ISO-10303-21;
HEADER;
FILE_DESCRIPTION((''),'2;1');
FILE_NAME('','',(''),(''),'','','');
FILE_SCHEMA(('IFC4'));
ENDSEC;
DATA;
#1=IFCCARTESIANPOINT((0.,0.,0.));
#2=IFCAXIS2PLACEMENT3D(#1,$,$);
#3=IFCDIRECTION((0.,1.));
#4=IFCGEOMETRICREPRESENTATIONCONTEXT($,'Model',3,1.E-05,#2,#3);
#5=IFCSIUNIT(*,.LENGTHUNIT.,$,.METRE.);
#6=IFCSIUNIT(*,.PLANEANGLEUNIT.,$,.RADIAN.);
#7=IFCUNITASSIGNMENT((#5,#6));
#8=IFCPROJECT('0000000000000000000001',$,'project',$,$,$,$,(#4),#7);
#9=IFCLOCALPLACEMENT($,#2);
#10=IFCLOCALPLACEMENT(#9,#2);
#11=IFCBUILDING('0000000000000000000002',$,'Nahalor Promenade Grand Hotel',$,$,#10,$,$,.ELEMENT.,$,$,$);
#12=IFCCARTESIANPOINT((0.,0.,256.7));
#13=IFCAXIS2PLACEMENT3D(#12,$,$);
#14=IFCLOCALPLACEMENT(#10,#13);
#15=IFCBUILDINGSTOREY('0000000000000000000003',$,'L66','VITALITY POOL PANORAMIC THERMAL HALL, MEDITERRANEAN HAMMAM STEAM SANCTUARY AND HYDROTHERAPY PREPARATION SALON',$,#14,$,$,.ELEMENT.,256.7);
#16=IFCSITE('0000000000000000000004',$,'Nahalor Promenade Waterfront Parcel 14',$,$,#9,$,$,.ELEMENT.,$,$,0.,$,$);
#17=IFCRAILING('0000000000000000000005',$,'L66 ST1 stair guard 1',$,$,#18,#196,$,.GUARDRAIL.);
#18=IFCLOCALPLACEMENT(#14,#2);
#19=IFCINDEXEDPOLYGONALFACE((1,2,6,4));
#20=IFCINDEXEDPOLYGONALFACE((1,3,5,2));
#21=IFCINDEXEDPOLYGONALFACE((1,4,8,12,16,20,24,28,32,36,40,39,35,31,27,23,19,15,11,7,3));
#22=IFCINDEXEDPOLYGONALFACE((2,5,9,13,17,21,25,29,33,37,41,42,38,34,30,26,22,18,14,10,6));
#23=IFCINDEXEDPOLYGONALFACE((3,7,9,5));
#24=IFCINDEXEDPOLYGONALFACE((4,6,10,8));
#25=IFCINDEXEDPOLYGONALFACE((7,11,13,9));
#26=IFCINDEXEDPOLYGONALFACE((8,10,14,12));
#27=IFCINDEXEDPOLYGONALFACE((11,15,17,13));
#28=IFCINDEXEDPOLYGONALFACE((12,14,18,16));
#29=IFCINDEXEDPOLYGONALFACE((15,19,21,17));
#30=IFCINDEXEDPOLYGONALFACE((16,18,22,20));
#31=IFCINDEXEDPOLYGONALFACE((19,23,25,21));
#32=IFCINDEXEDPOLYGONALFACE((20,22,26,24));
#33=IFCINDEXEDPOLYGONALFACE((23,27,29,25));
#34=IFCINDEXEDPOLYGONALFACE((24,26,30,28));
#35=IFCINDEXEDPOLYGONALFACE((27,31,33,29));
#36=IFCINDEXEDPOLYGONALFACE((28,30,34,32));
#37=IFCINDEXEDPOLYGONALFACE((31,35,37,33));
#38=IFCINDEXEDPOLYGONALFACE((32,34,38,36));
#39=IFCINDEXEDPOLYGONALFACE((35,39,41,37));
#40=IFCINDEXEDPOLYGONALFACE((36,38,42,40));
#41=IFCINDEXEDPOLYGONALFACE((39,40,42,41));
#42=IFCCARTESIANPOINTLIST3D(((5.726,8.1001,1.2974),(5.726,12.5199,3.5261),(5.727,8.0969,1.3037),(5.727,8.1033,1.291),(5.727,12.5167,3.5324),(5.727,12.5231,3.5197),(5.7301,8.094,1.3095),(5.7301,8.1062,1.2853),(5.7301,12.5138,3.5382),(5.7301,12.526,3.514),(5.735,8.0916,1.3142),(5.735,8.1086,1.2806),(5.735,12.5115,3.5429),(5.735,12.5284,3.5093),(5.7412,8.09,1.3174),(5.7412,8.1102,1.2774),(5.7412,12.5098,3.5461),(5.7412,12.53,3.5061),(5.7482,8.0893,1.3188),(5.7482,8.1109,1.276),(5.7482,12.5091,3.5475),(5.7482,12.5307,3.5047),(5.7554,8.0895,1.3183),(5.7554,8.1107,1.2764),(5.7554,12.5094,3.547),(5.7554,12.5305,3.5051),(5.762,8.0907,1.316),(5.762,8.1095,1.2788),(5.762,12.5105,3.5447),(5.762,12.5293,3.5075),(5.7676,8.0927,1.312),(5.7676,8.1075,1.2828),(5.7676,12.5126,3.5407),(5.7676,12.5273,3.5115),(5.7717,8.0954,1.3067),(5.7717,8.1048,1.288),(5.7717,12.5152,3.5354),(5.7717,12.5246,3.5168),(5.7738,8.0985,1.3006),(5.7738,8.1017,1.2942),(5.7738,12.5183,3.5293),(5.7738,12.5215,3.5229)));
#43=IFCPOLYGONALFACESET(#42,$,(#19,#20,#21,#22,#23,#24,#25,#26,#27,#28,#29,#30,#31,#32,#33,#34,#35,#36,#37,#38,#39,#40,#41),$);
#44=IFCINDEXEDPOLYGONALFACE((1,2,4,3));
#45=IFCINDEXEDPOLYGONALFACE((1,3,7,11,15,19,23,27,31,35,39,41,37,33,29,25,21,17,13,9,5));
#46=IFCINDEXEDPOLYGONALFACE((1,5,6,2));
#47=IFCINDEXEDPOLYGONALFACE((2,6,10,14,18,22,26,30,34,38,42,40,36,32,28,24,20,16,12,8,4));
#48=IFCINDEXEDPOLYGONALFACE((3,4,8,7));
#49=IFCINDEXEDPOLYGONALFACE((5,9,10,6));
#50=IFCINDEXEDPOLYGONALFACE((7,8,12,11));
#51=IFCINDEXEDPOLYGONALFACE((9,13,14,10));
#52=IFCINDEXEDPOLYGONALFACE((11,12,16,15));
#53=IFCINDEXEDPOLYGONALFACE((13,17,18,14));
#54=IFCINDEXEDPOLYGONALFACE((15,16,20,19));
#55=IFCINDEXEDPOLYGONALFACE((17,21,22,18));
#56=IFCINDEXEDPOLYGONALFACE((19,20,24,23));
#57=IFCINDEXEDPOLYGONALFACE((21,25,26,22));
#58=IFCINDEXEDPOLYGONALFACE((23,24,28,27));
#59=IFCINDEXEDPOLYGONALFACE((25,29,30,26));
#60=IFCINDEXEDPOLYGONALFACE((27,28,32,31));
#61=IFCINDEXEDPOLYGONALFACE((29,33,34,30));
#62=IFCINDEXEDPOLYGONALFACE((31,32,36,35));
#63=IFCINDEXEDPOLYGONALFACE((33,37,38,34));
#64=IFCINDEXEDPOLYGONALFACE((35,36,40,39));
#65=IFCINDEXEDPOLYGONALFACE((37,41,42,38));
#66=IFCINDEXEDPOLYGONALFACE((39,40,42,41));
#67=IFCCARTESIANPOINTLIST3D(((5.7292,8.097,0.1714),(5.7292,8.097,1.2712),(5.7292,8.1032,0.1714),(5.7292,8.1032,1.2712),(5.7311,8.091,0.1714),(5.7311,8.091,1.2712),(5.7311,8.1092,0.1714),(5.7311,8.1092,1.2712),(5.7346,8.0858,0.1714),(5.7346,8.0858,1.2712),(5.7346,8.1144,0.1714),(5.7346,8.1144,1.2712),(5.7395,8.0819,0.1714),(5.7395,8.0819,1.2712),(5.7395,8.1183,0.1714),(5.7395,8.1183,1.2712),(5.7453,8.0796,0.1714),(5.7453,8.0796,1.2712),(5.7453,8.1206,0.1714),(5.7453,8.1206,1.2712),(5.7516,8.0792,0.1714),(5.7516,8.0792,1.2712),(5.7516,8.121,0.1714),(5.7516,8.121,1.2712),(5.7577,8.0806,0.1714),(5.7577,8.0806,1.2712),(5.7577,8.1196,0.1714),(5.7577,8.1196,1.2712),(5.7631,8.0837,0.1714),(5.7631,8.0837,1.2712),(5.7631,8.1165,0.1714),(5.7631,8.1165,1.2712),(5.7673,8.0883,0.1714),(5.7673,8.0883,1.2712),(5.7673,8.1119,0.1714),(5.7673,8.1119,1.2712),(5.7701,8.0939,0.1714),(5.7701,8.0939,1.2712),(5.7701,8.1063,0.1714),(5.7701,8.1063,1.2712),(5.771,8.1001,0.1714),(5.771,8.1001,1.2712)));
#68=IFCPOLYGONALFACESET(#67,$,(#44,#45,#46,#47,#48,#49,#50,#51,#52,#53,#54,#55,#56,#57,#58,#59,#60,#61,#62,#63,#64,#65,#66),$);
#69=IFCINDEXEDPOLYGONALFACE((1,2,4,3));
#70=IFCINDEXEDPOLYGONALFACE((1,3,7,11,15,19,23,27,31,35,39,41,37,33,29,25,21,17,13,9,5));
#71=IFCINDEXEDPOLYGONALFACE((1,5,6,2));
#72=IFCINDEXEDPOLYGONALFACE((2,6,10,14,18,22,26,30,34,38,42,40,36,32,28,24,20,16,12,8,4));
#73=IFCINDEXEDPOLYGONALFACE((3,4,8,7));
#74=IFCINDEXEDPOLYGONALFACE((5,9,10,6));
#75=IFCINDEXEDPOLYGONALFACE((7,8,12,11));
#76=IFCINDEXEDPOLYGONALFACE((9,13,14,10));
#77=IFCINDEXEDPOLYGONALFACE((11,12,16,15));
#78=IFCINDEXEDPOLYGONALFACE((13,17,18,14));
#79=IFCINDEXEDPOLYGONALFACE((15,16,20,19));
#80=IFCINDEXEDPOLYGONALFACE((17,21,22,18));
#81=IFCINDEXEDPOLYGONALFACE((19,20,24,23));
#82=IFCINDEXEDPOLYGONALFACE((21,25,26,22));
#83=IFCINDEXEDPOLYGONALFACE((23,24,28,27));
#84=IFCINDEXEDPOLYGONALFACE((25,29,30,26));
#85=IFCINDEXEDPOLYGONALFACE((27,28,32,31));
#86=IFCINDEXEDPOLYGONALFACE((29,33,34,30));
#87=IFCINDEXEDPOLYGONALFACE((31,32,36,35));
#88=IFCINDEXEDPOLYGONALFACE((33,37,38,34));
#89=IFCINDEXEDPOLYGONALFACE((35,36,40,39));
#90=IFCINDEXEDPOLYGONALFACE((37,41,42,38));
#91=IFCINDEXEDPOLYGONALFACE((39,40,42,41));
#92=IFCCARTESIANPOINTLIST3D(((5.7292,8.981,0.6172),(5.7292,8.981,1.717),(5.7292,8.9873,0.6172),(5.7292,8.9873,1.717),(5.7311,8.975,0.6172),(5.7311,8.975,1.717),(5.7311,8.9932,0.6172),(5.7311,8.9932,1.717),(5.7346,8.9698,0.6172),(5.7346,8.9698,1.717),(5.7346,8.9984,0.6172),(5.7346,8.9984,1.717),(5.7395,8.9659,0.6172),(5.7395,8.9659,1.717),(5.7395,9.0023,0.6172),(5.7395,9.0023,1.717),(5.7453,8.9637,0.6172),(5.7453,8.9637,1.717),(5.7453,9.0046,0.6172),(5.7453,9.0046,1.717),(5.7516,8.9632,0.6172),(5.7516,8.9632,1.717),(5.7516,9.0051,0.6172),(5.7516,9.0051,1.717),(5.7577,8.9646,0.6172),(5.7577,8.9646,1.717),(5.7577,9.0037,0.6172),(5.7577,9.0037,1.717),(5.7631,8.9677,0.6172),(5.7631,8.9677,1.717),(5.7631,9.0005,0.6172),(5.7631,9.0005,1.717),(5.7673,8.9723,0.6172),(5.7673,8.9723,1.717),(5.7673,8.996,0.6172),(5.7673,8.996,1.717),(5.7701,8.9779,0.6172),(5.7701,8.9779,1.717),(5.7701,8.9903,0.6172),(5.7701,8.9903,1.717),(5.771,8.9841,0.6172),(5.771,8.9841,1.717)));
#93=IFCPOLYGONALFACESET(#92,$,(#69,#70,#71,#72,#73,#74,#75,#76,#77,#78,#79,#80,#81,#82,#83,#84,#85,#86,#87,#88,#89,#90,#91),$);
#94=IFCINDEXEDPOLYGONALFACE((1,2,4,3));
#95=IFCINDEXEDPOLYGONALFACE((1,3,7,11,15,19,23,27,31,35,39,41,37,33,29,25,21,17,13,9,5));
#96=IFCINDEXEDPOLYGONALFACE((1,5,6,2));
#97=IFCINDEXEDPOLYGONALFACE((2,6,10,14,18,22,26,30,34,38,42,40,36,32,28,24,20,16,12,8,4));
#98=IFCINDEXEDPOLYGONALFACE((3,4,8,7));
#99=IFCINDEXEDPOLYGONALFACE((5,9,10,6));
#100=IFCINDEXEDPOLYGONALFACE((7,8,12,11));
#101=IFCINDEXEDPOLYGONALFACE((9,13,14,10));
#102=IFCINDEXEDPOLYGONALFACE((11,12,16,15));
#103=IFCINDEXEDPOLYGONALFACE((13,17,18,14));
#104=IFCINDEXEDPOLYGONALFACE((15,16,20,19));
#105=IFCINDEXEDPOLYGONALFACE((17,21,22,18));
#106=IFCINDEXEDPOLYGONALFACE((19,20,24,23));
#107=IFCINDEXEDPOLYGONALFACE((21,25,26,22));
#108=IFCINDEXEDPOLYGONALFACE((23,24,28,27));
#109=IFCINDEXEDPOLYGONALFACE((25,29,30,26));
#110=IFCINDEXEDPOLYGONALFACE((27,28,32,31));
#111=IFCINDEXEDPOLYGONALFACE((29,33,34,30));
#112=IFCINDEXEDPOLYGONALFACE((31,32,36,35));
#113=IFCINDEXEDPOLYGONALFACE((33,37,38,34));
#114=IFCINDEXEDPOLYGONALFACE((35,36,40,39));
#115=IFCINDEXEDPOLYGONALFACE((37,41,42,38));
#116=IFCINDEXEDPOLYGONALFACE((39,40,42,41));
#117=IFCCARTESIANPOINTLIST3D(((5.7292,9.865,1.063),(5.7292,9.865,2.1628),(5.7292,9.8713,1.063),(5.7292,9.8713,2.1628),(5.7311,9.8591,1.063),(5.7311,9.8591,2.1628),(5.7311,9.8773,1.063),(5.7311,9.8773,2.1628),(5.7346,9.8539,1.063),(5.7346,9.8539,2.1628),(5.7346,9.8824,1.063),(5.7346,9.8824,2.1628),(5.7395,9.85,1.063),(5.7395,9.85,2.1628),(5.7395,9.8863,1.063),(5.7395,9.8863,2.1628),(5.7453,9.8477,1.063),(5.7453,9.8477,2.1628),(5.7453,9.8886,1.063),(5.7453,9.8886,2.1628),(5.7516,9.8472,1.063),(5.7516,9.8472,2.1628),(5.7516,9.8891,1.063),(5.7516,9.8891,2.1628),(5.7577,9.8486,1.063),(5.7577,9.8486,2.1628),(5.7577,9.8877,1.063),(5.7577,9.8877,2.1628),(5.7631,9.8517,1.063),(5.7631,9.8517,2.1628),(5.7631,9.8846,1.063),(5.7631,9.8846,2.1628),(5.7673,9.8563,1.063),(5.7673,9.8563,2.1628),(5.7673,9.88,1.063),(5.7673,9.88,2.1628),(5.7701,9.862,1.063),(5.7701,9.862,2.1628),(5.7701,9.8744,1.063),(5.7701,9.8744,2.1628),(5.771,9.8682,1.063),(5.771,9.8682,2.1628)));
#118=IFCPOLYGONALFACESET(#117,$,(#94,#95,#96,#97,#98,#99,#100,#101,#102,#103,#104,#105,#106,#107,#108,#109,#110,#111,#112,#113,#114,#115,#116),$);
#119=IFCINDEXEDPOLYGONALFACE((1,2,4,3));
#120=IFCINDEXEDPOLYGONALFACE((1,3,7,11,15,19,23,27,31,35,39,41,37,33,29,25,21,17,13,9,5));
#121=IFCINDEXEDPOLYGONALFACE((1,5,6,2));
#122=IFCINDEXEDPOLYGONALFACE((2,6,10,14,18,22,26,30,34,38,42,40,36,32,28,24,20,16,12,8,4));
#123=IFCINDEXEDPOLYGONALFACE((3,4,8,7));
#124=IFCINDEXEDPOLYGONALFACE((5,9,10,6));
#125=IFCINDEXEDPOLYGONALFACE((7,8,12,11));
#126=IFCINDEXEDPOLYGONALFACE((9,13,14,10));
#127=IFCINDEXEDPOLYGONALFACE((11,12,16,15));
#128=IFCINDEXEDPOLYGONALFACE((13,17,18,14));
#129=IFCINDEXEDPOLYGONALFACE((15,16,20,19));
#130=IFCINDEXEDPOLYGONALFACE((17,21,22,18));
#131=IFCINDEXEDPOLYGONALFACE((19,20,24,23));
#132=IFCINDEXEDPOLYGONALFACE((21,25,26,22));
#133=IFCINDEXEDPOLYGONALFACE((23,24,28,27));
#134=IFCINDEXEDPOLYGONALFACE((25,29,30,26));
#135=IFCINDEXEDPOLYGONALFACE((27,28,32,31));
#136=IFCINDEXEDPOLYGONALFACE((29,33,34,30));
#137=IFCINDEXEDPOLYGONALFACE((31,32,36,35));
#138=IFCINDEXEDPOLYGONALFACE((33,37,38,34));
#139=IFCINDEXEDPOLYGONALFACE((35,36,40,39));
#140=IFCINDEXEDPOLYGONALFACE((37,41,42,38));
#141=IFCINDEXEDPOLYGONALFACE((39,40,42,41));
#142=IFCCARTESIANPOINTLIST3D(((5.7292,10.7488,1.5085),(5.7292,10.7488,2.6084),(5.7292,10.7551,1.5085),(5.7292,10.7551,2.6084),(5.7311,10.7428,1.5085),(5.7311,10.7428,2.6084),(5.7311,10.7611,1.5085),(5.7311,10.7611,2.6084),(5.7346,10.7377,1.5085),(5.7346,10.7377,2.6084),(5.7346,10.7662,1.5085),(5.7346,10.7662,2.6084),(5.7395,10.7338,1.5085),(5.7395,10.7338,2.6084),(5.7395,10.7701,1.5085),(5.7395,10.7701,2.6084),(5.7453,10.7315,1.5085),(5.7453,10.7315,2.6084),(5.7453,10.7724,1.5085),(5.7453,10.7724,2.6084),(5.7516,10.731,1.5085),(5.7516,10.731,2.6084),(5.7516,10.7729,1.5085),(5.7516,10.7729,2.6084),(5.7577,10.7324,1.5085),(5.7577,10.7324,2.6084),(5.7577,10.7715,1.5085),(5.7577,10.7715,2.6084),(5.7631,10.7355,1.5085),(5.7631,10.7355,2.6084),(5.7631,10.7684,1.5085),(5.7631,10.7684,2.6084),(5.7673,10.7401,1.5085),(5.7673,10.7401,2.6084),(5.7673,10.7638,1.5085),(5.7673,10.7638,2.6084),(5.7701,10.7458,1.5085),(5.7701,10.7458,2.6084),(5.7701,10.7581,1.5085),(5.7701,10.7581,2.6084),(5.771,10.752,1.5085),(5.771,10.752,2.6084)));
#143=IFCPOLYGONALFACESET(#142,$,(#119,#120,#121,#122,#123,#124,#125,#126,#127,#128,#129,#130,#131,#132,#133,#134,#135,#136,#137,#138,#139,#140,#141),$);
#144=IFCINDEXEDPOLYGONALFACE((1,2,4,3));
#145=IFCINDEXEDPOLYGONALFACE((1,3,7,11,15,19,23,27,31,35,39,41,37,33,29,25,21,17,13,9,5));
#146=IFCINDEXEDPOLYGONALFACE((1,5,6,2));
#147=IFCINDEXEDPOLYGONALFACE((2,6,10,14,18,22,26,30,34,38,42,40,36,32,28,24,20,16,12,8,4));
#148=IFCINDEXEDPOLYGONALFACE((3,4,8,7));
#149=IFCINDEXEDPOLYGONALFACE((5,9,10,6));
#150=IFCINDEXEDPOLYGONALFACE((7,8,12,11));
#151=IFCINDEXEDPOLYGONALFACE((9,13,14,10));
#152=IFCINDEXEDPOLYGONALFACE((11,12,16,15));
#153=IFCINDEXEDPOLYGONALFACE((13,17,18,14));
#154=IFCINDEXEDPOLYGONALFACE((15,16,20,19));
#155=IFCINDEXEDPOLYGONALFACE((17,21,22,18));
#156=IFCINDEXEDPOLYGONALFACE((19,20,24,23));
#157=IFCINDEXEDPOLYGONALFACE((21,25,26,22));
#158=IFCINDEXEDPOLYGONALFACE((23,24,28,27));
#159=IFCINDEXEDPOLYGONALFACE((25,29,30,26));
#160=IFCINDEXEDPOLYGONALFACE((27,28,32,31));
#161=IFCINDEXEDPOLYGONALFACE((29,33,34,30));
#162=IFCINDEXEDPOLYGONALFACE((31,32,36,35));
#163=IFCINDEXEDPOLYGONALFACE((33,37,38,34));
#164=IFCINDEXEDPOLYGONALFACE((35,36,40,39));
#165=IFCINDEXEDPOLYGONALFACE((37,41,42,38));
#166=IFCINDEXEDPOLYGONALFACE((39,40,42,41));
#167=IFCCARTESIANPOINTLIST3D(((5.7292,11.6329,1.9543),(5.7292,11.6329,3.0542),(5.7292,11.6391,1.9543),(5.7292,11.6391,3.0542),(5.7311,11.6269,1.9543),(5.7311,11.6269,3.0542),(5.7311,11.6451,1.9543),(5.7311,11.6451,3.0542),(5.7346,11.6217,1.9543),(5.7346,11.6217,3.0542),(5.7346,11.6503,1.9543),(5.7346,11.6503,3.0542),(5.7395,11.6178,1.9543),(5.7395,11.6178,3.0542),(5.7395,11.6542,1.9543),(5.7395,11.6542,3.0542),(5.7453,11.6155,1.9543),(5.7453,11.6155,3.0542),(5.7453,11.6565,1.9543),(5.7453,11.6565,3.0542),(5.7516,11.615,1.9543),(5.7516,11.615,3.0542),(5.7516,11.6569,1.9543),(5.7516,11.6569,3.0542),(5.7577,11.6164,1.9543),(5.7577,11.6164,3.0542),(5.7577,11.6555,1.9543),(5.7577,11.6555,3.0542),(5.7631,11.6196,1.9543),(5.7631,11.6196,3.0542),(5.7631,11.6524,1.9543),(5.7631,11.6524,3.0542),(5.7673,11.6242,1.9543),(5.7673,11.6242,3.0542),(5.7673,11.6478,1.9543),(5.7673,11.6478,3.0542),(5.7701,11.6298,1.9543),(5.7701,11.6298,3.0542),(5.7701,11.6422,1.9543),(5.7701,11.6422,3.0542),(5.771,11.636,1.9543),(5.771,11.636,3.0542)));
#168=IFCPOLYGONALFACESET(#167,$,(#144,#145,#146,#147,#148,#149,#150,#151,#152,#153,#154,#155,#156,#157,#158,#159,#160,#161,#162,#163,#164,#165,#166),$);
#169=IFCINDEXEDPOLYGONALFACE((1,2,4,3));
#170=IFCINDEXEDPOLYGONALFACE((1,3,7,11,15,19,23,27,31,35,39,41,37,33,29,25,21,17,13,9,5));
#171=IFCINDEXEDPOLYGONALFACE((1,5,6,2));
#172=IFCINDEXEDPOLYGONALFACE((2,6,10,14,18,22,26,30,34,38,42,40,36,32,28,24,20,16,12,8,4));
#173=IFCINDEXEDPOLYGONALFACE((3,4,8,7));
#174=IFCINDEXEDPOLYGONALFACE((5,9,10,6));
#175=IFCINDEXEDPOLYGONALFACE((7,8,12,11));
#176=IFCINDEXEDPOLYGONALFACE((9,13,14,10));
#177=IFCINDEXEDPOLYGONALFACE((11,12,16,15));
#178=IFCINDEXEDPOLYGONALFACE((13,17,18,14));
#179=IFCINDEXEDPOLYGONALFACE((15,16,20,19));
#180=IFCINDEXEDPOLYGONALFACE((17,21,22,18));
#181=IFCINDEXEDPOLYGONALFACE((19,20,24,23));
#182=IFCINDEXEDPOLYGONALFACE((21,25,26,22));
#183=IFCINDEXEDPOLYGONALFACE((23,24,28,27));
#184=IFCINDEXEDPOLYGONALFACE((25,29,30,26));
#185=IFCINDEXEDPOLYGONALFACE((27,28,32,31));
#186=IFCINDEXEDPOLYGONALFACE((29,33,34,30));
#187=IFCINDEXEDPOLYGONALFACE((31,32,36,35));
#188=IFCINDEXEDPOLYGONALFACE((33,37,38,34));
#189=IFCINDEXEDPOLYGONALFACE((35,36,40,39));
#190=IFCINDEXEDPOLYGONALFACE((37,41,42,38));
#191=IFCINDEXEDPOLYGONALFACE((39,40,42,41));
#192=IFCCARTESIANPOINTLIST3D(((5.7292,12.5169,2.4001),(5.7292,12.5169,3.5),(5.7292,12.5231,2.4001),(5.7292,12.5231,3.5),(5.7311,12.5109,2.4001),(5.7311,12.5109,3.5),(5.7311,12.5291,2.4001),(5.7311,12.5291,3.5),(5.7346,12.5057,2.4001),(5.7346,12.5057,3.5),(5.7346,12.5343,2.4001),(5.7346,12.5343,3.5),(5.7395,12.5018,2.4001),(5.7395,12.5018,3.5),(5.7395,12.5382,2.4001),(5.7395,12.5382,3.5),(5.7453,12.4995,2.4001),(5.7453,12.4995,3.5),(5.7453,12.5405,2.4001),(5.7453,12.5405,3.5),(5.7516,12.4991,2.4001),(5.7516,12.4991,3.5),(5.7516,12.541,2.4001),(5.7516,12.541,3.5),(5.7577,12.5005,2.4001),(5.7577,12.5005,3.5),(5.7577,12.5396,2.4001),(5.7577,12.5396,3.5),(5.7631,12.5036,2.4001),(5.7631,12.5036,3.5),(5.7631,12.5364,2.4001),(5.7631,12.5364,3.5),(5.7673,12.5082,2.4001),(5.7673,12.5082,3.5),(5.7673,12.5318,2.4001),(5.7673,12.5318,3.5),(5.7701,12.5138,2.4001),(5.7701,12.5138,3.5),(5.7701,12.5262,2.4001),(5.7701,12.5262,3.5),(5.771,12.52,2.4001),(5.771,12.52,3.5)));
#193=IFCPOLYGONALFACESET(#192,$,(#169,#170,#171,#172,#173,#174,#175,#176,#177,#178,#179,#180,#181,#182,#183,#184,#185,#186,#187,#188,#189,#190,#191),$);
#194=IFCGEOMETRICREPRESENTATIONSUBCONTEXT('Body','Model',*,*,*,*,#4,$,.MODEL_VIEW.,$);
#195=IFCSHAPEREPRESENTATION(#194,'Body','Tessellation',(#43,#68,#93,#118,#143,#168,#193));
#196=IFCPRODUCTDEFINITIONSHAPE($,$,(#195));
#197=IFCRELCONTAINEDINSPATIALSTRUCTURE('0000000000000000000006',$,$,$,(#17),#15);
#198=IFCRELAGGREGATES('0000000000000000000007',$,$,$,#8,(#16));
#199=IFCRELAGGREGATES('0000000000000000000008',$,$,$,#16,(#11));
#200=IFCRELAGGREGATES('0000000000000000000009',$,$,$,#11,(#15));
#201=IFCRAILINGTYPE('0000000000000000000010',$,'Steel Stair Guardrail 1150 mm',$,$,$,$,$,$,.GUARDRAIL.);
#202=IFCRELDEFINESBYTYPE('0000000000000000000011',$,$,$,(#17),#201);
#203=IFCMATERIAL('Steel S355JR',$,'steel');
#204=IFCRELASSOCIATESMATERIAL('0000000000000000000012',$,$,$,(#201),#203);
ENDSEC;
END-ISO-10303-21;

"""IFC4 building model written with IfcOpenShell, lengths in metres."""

from ifc_helpers import new_model, si_unit, direction, frame, origin, origin_2d, place, context, subcontext, project, spatial, circle, extrude, material, type_object, element, save


model = new_model("IFC4")

# Units and contexts
model_context = context("Model", 3, precision=1e-05, world=origin(), true_north=direction((0.0, 1.0)))
body_context = subcontext(model_context, "Body", "Model", "MODEL_VIEW")
ifc_project = project(units=[si_unit("LENGTHUNIT", "METRE"), si_unit("PLANEANGLEUNIT", "RADIAN")], contexts=[model_context])

# Site, building, storey
site_placement = place(None, origin())
site = spatial("IfcSite", under=ifc_project, at=site_placement, Name="Nahalor Promenade Waterfront Parcel 14", CompositionType="ELEMENT", RefElevation=0.0)
building_placement = place(site_placement, origin())
building = spatial("IfcBuilding", under=site, at=building_placement, Name="Nahalor Promenade Grand Hotel", CompositionType="ELEMENT")
storey_placement = place(building_placement, frame((0.0, 0.0, 256.7)))
storey = spatial("IfcBuildingStorey", under=building, at=storey_placement, Name="L66", Description="VITALITY POOL PANORAMIC THERMAL HALL, MEDITERRANEAN HAMMAM STEAM SANCTUARY AND HYDROTHERAPY PREPARATION SALON", CompositionType="ELEMENT", Elevation=256.7)

# Shared definitions
ifc_material_1 = material(Name="Steel S355JR", Category="steel")

# Railing
railing_type_1 = type_object("IfcRailingType", Name="Steel Stair Guardrail 1150 mm", PredefinedType="GUARDRAIL", material=ifc_material_1)
railing_1_placement = place(storey_placement, frame((5.75, 8.1001, 0.1714)))
element("IfcRailing", 1, at=railing_1_placement, inside=storey, type_object=railing_type_1, Name="L66 ST1 stair guard 1", PredefinedType="GUARDRAIL", context=body_context, shape_type="SweptSolid", body=[
    extrude(circle(Radius=0.024, at=origin_2d()), frame((0.0, 0.0, 1.126), z_axis=(0.0, 0.892903, 0.450249), x_axis=(-1.0, 0.0, 0.0)), (0.0, 0.0, 1.0), 4.95),
    extrude(circle(Radius=0.021, at=origin_2d()), origin(), (0.0, 0.0, 1.0), 1.0999),
    extrude(circle(Radius=0.021, at=origin_2d()), frame((0.0, 0.884, 0.4458)), (0.0, 0.0, 1.0), 1.0999),
    extrude(circle(Radius=0.021, at=origin_2d()), frame((0.0, 1.7681, 0.8916)), (0.0, 0.0, 1.0), 1.0999),
    extrude(circle(Radius=0.021, at=origin_2d()), frame((0.0, 2.6519, 1.3372)), (0.0, 0.0, 1.0), 1.0999),
    extrude(circle(Radius=0.021, at=origin_2d()), frame((0.0, 3.5359, 1.783)), (0.0, 0.0, 1.0), 1.0999),
    extrude(circle(Radius=0.021, at=origin_2d()), frame((0.0, 4.4199, 2.2288)), (0.0, 0.0, 1.0), 1.0999),
])

save(model, "model.ifc")
